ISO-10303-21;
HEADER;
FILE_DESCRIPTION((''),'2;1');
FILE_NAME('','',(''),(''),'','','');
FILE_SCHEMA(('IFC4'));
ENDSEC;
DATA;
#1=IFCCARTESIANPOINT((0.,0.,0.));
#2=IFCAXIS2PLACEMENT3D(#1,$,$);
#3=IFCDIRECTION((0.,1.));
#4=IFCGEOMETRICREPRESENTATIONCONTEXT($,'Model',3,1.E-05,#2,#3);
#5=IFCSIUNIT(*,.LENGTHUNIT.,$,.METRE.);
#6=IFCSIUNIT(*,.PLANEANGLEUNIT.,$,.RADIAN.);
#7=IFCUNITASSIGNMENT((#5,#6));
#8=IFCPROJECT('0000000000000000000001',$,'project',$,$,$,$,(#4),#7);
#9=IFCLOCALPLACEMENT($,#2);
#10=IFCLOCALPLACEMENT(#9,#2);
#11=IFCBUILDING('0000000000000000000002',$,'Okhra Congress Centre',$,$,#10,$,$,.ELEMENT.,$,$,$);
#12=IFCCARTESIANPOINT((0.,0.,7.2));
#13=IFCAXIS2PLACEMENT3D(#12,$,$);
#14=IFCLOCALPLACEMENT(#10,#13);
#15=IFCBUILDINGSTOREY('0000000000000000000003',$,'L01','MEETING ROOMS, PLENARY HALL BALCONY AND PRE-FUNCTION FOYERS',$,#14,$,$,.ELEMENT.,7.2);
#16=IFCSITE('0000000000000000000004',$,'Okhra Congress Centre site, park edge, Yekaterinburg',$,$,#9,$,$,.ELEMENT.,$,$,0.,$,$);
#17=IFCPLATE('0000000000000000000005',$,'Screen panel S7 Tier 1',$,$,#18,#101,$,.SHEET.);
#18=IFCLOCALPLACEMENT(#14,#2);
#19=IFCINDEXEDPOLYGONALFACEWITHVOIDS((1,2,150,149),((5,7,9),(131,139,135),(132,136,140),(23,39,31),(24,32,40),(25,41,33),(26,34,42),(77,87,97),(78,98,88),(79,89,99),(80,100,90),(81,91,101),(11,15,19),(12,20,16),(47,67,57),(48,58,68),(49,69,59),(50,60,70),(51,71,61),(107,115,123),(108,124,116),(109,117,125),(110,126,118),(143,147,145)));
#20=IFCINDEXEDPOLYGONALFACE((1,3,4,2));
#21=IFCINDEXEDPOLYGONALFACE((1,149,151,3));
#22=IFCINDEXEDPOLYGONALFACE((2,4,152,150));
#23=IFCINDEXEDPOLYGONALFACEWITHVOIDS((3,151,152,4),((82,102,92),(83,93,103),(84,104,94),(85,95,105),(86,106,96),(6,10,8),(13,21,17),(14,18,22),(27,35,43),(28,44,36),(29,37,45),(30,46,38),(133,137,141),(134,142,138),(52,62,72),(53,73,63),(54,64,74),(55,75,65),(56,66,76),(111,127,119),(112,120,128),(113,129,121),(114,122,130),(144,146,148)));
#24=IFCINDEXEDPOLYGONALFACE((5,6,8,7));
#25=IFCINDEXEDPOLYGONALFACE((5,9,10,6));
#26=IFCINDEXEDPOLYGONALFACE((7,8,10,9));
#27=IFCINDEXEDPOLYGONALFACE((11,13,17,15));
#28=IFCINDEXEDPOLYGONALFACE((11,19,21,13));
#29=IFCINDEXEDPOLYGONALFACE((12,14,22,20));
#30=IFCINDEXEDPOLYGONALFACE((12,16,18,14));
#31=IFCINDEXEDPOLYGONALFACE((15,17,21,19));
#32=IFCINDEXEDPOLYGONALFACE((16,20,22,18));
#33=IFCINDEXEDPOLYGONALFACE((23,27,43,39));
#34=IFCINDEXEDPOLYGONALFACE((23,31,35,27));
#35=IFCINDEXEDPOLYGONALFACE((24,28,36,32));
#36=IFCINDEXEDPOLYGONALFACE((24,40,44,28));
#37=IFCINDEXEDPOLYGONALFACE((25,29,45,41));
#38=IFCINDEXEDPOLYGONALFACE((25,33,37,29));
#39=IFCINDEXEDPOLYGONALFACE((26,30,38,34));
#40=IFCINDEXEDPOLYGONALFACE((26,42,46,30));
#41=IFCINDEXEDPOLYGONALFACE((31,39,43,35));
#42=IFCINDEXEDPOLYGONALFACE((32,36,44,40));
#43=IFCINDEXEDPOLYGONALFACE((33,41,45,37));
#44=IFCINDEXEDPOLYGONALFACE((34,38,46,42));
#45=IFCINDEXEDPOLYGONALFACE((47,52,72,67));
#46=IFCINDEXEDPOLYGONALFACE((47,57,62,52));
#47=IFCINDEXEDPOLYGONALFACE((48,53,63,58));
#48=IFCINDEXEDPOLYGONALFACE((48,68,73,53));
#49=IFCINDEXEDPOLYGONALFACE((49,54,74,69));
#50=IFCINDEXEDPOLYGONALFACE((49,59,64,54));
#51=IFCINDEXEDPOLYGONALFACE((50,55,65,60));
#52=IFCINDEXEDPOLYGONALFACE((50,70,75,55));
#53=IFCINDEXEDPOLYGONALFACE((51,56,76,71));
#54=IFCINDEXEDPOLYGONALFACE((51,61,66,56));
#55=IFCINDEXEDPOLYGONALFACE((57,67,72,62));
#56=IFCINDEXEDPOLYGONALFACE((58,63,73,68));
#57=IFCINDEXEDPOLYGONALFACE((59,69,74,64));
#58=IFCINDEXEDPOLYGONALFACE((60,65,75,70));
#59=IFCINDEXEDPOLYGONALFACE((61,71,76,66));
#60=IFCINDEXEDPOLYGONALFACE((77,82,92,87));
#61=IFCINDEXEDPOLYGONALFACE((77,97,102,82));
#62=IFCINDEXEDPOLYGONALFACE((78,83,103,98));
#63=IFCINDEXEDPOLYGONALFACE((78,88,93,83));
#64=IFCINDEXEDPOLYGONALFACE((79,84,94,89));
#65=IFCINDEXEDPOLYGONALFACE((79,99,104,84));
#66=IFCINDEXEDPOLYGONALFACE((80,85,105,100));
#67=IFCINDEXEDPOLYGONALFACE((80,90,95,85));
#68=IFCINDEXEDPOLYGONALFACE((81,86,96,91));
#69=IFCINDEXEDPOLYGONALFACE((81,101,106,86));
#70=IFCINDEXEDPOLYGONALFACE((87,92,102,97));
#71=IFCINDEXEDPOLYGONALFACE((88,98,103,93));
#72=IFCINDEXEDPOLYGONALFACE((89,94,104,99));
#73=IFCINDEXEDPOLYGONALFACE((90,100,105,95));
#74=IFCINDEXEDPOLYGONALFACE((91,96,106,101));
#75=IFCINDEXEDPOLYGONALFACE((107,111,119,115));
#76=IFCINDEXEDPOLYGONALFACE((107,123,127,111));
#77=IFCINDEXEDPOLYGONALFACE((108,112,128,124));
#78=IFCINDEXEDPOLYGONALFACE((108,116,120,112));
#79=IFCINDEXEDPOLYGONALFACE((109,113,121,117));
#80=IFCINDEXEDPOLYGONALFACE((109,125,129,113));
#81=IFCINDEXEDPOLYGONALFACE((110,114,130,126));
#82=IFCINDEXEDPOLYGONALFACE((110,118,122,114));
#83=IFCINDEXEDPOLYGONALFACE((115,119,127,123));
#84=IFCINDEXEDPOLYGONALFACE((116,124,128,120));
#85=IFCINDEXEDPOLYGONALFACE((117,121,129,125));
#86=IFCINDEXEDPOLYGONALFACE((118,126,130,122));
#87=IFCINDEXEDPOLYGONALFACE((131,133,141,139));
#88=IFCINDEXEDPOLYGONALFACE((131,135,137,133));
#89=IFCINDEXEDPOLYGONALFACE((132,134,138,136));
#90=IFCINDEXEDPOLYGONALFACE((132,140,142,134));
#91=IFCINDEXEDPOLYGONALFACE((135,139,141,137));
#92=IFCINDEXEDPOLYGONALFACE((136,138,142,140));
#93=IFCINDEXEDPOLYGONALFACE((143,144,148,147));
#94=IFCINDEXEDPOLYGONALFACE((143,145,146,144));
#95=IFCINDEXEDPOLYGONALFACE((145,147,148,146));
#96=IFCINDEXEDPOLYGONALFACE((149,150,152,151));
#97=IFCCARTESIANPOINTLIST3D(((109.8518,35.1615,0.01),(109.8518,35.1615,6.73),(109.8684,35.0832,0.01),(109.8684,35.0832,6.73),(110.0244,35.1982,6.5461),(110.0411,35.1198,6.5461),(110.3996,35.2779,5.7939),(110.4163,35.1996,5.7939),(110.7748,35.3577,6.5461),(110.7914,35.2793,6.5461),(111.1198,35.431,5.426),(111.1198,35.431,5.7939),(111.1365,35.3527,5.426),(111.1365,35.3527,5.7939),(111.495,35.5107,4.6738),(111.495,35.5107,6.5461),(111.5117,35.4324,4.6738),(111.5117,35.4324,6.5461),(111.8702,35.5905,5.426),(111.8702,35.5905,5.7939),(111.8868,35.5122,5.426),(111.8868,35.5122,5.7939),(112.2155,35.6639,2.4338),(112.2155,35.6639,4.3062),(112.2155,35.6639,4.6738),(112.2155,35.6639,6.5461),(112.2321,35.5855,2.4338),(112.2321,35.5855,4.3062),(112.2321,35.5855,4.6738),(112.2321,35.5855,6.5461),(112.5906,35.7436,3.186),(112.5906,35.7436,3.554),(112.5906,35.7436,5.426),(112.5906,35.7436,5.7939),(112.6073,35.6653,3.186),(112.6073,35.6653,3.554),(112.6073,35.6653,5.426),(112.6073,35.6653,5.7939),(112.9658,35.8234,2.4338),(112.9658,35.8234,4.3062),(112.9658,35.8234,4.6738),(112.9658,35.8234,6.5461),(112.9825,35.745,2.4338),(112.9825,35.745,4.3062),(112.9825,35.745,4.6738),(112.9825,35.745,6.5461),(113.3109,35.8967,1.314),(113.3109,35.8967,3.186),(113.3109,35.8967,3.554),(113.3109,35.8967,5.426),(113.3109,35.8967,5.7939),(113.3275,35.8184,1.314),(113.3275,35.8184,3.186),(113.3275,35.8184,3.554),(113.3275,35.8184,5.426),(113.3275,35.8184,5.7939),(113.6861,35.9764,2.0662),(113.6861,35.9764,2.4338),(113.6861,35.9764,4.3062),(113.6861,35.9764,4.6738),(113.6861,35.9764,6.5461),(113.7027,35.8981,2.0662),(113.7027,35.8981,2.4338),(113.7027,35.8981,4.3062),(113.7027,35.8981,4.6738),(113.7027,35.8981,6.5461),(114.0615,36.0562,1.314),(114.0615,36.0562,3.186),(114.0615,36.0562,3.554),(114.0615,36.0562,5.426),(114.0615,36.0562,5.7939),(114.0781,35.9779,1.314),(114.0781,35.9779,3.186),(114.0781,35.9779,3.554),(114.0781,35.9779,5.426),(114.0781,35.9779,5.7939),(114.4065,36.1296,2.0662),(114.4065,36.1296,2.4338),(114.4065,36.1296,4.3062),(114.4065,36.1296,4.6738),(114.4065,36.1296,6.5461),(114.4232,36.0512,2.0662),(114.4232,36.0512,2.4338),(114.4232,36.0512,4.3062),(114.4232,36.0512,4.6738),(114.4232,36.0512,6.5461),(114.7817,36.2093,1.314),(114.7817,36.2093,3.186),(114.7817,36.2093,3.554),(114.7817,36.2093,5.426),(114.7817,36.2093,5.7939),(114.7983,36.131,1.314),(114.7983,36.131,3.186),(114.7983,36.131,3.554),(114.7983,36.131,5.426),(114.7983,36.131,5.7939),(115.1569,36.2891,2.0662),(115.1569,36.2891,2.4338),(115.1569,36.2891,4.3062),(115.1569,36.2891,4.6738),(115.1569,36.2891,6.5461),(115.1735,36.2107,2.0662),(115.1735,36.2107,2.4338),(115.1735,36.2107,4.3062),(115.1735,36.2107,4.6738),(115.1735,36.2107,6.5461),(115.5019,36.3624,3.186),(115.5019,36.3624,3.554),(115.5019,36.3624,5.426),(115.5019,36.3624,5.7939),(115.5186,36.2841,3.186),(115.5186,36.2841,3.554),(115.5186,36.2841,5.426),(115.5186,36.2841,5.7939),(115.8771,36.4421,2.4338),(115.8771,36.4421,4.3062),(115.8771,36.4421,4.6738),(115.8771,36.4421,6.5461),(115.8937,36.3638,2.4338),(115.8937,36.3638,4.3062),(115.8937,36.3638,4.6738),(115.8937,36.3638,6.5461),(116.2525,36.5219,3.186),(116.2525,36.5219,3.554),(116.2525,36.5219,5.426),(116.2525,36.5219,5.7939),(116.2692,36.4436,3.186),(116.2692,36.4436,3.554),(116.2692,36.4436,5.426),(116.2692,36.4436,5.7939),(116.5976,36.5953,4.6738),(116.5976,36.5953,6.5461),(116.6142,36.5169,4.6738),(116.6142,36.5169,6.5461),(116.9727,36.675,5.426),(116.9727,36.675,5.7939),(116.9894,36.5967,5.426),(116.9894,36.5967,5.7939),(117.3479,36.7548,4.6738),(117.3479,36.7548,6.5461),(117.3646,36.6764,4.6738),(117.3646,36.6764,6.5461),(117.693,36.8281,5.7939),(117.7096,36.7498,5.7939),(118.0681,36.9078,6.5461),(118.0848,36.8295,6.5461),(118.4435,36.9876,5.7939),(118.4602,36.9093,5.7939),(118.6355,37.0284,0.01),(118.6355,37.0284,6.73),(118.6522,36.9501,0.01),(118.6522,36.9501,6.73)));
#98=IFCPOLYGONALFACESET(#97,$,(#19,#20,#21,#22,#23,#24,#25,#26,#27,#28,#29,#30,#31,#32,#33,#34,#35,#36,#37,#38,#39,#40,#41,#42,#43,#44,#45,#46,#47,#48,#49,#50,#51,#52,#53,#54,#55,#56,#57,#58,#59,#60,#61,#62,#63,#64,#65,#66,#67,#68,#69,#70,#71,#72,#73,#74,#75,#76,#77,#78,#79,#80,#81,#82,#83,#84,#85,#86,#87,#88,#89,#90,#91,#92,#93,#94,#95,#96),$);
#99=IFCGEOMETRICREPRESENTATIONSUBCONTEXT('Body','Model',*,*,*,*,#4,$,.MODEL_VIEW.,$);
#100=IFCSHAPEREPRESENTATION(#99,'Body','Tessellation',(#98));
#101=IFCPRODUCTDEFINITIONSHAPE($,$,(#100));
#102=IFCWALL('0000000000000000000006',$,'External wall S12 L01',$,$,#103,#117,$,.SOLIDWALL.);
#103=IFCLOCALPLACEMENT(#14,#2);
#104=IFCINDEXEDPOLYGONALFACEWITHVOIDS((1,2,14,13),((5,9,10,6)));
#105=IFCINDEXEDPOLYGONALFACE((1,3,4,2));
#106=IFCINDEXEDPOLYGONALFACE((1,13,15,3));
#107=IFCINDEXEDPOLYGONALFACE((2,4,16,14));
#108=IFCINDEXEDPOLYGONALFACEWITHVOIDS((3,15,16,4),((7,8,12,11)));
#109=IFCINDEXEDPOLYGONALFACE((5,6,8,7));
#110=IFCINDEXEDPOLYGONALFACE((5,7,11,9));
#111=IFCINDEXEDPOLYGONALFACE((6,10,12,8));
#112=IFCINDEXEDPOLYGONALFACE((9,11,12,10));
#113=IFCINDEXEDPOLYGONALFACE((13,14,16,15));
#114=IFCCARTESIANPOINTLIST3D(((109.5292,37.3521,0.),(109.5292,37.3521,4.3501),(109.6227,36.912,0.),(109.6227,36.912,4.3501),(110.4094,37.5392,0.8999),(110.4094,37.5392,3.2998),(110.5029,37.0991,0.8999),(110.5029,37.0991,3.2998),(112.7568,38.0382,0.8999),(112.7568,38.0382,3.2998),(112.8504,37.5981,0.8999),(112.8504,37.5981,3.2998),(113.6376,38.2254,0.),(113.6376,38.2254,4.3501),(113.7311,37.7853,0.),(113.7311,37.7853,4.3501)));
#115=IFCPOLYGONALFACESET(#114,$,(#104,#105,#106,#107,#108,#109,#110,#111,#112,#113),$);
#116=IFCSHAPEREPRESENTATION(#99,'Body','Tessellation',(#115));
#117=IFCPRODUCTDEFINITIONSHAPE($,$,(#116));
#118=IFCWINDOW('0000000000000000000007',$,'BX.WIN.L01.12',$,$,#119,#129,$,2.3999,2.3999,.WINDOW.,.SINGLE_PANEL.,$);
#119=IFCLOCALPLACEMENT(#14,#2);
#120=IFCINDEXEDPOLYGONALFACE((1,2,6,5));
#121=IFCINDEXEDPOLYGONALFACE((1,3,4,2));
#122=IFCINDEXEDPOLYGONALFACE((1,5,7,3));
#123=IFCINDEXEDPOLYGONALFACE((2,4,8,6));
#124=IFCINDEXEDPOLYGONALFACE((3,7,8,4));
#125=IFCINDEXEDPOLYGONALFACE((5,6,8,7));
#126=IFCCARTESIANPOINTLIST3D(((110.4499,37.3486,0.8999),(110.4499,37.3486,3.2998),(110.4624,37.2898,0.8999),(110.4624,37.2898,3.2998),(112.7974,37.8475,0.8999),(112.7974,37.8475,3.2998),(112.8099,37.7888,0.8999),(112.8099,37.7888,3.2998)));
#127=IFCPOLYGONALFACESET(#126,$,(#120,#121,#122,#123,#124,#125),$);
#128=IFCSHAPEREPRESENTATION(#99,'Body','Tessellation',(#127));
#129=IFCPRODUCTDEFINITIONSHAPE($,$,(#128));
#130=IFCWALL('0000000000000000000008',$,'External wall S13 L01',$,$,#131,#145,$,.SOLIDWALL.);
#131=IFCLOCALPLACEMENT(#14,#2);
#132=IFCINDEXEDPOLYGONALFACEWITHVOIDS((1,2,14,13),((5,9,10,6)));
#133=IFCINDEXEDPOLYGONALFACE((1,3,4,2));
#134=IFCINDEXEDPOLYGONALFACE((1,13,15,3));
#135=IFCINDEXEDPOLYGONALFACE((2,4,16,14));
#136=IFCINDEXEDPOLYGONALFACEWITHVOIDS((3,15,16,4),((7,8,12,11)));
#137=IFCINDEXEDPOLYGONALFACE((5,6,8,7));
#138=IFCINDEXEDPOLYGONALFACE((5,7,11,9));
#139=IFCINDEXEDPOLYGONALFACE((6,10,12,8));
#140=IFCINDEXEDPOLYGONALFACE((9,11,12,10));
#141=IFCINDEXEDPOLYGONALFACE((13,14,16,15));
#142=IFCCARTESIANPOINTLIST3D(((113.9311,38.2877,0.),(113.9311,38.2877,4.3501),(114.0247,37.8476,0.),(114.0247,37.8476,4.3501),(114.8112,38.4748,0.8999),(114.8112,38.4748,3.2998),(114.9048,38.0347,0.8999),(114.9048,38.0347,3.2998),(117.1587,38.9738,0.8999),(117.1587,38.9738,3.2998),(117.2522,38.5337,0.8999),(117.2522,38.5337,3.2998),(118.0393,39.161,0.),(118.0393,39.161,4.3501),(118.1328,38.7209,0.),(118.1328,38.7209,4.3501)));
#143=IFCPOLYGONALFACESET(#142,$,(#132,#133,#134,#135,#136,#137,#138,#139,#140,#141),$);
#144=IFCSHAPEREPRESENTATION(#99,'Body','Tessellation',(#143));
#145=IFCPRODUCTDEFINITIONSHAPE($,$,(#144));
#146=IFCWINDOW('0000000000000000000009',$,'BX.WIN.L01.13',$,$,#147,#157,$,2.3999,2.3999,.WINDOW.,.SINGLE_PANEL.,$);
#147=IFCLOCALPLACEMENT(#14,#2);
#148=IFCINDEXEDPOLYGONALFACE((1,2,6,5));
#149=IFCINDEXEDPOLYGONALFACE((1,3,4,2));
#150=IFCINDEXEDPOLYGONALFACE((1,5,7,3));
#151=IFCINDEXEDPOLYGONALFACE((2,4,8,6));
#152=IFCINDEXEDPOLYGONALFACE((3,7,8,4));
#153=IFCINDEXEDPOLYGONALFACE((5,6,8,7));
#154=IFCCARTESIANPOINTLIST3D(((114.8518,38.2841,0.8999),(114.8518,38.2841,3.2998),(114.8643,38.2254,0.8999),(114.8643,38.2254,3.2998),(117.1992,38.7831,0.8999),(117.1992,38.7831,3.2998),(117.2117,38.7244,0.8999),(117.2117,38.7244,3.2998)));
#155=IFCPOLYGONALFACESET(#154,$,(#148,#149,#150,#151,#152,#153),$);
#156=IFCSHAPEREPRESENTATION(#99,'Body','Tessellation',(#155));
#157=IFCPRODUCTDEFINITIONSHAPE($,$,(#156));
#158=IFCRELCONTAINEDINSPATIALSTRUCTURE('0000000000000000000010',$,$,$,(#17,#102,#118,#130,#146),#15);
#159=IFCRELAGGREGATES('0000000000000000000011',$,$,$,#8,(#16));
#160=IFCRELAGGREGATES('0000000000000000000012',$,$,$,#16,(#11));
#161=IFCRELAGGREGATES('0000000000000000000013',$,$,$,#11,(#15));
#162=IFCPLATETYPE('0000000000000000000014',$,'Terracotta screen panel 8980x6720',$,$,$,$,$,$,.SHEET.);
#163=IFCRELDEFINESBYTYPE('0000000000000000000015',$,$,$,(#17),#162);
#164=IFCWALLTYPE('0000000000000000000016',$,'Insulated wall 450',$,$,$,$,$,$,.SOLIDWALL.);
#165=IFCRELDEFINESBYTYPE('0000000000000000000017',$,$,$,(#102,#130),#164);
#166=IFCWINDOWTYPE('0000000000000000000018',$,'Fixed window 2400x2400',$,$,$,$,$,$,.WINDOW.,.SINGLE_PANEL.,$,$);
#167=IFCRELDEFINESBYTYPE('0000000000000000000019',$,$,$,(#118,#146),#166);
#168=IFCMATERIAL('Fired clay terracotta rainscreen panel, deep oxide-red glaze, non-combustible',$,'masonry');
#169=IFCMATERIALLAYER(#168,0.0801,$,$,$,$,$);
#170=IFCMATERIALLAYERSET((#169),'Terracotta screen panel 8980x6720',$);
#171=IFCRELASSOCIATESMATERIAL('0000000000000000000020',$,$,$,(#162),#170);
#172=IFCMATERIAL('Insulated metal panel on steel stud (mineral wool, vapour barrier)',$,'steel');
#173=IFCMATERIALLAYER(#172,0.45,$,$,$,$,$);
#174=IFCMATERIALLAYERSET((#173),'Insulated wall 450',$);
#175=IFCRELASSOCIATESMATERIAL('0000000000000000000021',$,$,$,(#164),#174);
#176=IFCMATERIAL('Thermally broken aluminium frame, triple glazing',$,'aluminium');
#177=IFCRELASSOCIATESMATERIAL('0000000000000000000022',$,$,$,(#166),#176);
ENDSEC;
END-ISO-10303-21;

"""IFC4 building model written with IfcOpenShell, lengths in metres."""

from ifc_helpers import new_model, si_unit, direction, frame, frame_2d, origin, place, context, subcontext, project, spatial, polyline, rectangle, outline, extrude, material, layer, layer_set, type_object, element, fill, save


model = new_model("IFC4")

# Units and contexts
model_context = context("Model", 3, precision=1e-05, world=origin(), true_north=direction((0.0, 1.0)))
body_context = subcontext(model_context, "Body", "Model", "MODEL_VIEW")
ifc_project = project(units=[si_unit("LENGTHUNIT", "METRE"), si_unit("PLANEANGLEUNIT", "RADIAN")], contexts=[model_context])

# Site, building, storey
site_placement = place(None, origin())
site = spatial("IfcSite", under=ifc_project, at=site_placement, Name="Okhra Congress Centre site, park edge, Yekaterinburg", CompositionType="ELEMENT", RefElevation=0.0)
building_placement = place(site_placement, origin())
building = spatial("IfcBuilding", under=site, at=building_placement, Name="Okhra Congress Centre", CompositionType="ELEMENT")
storey_placement = place(building_placement, frame((0.0, 0.0, 7.2)))
storey = spatial("IfcBuildingStorey", under=building, at=storey_placement, Name="L01", Description="MEETING ROOMS, PLENARY HALL BALCONY AND PRE-FUNCTION FOYERS", CompositionType="ELEMENT", Elevation=7.2)

# Plate
ifc_material_1 = material(Name="Fired clay terracotta rainscreen panel, deep oxide-red glaze, non-combustible", Category="masonry")
ifc_layer_1 = layer(ifc_material_1, 0.0801)
ifc_layer_set_1 = layer_set([ifc_layer_1], Name="Terracotta screen panel 8980x6720")
plate_type = type_object("IfcPlateType", Name="Terracotta screen panel 8980x6720", PredefinedType="SHEET", material=ifc_layer_set_1)
plate_placement = place(storey_placement, frame((109.8601, 35.1223, 0.01), z_axis=(0.0, 0.0, 1.0), x_axis=(0.97815, 0.207902, 0.0)))
element("IfcPlate", 1, at=plate_placement, inside=storey, type_object=plate_type, Name="Screen panel S7 Tier 1", PredefinedType="SHEET", context=body_context, shape_type="SweptSolid", body=[
    extrude(outline(polyline([(0.0, 0.0), (8.98, 0.0), (8.98, 6.72), (0.0, 6.72), (0.0, 0.0)]), holes=[polyline([(3.5364, 1.304), (4.3037, 1.304), (3.9199, 2.0562), (3.5364, 1.304)]), polyline([(4.6565, 2.0562), (5.04, 1.304), (5.4236, 2.0562), (4.6565, 2.0562)]), polyline([(2.4165, 2.4238), (3.1836, 2.4238), (2.8, 3.176), (2.4165, 2.4238)]), polyline([(3.5364, 3.176), (3.9199, 2.4238), (4.3037, 3.176), (3.5364, 3.176)]), polyline([(4.6565, 2.4238), (5.4236, 2.4238), (5.04, 3.176), (4.6565, 2.4238)]), polyline([(5.7764, 3.176), (6.1599, 2.4238), (6.5437, 3.176), (5.7764, 3.176)]), polyline([(2.4165, 4.2961), (2.8, 3.5439), (3.1836, 4.2961), (2.4165, 4.2961)]), polyline([(3.5364, 3.5439), (4.3037, 3.5439), (3.9199, 4.2961), (3.5364, 3.5439)]), polyline([(4.6565, 4.2961), (5.04, 3.5439), (5.4236, 4.2961), (4.6565, 4.2961)]), polyline([(5.7764, 3.5439), (6.5437, 3.5439), (6.1599, 4.2961), (5.7764, 3.5439)]), polyline([(1.2964, 5.416), (1.6799, 4.6638), (2.0635, 5.416), (1.2964, 5.416)]), polyline([(2.4165, 4.6638), (3.1836, 4.6638), (2.8, 5.416), (2.4165, 4.6638)]), polyline([(3.5364, 5.416), (3.9199, 4.6638), (4.3037, 5.416), (3.5364, 5.416)]), polyline([(4.6565, 4.6638), (5.4236, 4.6638), (5.04, 5.416), (4.6565, 4.6638)]), polyline([(5.7764, 5.416), (6.1599, 4.6638), (6.5437, 5.416), (5.7764, 5.416)]), polyline([(6.8965, 4.6638), (7.6636, 4.6638), (7.28, 5.416), (6.8965, 4.6638)]), polyline([(0.1765, 6.5361), (0.5601, 5.7839), (0.9436, 6.5361), (0.1765, 6.5361)]), polyline([(1.2964, 5.7839), (2.0635, 5.7839), (1.6799, 6.5361), (1.2964, 5.7839)]), polyline([(2.4165, 6.5361), (2.8, 5.7839), (3.1836, 6.5361), (2.4165, 6.5361)]), polyline([(3.5364, 5.7839), (4.3037, 5.7839), (3.9199, 6.5361), (3.5364, 5.7839)]), polyline([(4.6565, 6.5361), (5.04, 5.7839), (5.4236, 6.5361), (4.6565, 6.5361)]), polyline([(5.7764, 5.7839), (6.5437, 5.7839), (6.1599, 6.5361), (5.7764, 5.7839)]), polyline([(6.8965, 6.5361), (7.28, 5.7839), (7.6636, 6.5361), (6.8965, 6.5361)]), polyline([(8.0164, 5.7839), (8.7837, 5.7839), (8.3999, 6.5361), (8.0164, 5.7839)])]), frame((0.0, 0.04, 0.0), z_axis=(0.0, -1.0, 0.0), x_axis=(1.0, 0.0, 0.0)), (0.0, 0.0, 1.0), 0.0801),
])

# Walls, openings, windows
ifc_material_2 = material(Name="Insulated metal panel on steel stud (mineral wool, vapour barrier)", Category="steel")
ifc_layer_2 = layer(ifc_material_2, 0.45)
ifc_layer_set_2 = layer_set([ifc_layer_2], Name="Insulated wall 450")
wall_type_1 = type_object("IfcWallType", Name="Insulated wall 450", PredefinedType="SOLIDWALL", material=ifc_layer_set_2)
wall_1_placement = place(storey_placement, frame((109.5759, 37.1321, 0.0), z_axis=(0.0, 0.0, 1.0), x_axis=(0.978146, 0.207917, 0.0)))
wall_1 = element("IfcWall", 2, at=wall_1_placement, inside=storey, type_object=wall_type_1, Name="External wall S12 L01", PredefinedType="SOLIDWALL", context=body_context, shape_type="SweptSolid", body=[
    extrude(rectangle(XDim=4.2002, YDim=0.45, at=frame_2d((2.1001, 0.0))), origin(), (0.0, 0.0, 1.0), 4.3501),
])
opening_1_placement = place(wall_1_placement, frame((0.8999, 0.0, 0.8999)))
opening_1 = element("IfcOpeningElement", 3, at=opening_1_placement, cuts=wall_1, PredefinedType="OPENING", context=body_context, shape_type="SweptSolid", body=[
    extrude(rectangle(XDim=2.3999, YDim=2.3999, at=frame_2d((1.2, 1.2))), frame((0.0, 0.2349, 0.0), z_axis=(0.0, -1.0, 0.0), x_axis=(1.0, 0.0, 0.0)), (0.0, 0.0, 1.0), 0.47),
])
ifc_material_3 = material(Name="Thermally broken aluminium frame, triple glazing", Category="aluminium")
window_type = type_object("IfcWindowType", Name="Fixed window 2400x2400", PartitioningType="SINGLE_PANEL", PredefinedType="WINDOW", material=ifc_material_3)
window_1_placement = place(opening_1_placement, origin())
window_1 = element("IfcWindow", 4, at=window_1_placement, inside=storey, type_object=window_type, Name="BX.WIN.L01.12", OverallHeight=2.3999, OverallWidth=2.3999, PartitioningType="SINGLE_PANEL", PredefinedType="WINDOW", context=body_context, shape_type="SweptSolid", body=[
    extrude(rectangle(XDim=2.3999, YDim=2.3999, at=frame_2d((1.2, 1.2))), frame((0.0, 0.03, 0.0), z_axis=(0.0, -1.0, 0.0), x_axis=(1.0, 0.0, 0.0)), (0.0, 0.0, 1.0), 0.0601),
])
fill(opening_1, window_1)
wall_2_placement = place(storey_placement, frame((113.9778, 38.0676, 0.0), z_axis=(0.0, 0.0, 1.0), x_axis=(0.978144, 0.207929, 0.0)))
wall_2 = element("IfcWall", 5, at=wall_2_placement, inside=storey, type_object=wall_type_1, Name="External wall S13 L01", PredefinedType="SOLIDWALL", context=body_context, shape_type="SweptSolid", body=[
    extrude(rectangle(XDim=4.2, YDim=0.45, at=frame_2d((2.1001, 0.0))), origin(), (0.0, 0.0, 1.0), 4.3501),
])
opening_2_placement = place(wall_2_placement, frame((0.8999, 0.0, 0.8999)))
opening_2 = element("IfcOpeningElement", 6, at=opening_2_placement, cuts=wall_2, PredefinedType="OPENING", context=body_context, shape_type="SweptSolid", body=[
    extrude(rectangle(XDim=2.3999, YDim=2.3999, at=frame_2d((1.2, 1.2))), frame((0.0, 0.2349, 0.0), z_axis=(0.0, -1.0, 0.0), x_axis=(1.0, 0.0, 0.0)), (0.0, 0.0, 1.0), 0.47),
])
window_2_placement = place(opening_2_placement, origin())
window_2 = element("IfcWindow", 7, at=window_2_placement, inside=storey, type_object=window_type, Name="BX.WIN.L01.13", OverallHeight=2.3999, OverallWidth=2.3999, PartitioningType="SINGLE_PANEL", PredefinedType="WINDOW", context=body_context, shape_type="SweptSolid", body=[
    extrude(rectangle(XDim=2.3999, YDim=2.3999, at=frame_2d((1.2, 1.2))), frame((0.0, 0.03, 0.0), z_axis=(0.0, -1.0, 0.0), x_axis=(1.0, 0.0, 0.0)), (0.0, 0.0, 1.0), 0.0601),
])
fill(opening_2, window_2)

save(model, "model.ifc")
